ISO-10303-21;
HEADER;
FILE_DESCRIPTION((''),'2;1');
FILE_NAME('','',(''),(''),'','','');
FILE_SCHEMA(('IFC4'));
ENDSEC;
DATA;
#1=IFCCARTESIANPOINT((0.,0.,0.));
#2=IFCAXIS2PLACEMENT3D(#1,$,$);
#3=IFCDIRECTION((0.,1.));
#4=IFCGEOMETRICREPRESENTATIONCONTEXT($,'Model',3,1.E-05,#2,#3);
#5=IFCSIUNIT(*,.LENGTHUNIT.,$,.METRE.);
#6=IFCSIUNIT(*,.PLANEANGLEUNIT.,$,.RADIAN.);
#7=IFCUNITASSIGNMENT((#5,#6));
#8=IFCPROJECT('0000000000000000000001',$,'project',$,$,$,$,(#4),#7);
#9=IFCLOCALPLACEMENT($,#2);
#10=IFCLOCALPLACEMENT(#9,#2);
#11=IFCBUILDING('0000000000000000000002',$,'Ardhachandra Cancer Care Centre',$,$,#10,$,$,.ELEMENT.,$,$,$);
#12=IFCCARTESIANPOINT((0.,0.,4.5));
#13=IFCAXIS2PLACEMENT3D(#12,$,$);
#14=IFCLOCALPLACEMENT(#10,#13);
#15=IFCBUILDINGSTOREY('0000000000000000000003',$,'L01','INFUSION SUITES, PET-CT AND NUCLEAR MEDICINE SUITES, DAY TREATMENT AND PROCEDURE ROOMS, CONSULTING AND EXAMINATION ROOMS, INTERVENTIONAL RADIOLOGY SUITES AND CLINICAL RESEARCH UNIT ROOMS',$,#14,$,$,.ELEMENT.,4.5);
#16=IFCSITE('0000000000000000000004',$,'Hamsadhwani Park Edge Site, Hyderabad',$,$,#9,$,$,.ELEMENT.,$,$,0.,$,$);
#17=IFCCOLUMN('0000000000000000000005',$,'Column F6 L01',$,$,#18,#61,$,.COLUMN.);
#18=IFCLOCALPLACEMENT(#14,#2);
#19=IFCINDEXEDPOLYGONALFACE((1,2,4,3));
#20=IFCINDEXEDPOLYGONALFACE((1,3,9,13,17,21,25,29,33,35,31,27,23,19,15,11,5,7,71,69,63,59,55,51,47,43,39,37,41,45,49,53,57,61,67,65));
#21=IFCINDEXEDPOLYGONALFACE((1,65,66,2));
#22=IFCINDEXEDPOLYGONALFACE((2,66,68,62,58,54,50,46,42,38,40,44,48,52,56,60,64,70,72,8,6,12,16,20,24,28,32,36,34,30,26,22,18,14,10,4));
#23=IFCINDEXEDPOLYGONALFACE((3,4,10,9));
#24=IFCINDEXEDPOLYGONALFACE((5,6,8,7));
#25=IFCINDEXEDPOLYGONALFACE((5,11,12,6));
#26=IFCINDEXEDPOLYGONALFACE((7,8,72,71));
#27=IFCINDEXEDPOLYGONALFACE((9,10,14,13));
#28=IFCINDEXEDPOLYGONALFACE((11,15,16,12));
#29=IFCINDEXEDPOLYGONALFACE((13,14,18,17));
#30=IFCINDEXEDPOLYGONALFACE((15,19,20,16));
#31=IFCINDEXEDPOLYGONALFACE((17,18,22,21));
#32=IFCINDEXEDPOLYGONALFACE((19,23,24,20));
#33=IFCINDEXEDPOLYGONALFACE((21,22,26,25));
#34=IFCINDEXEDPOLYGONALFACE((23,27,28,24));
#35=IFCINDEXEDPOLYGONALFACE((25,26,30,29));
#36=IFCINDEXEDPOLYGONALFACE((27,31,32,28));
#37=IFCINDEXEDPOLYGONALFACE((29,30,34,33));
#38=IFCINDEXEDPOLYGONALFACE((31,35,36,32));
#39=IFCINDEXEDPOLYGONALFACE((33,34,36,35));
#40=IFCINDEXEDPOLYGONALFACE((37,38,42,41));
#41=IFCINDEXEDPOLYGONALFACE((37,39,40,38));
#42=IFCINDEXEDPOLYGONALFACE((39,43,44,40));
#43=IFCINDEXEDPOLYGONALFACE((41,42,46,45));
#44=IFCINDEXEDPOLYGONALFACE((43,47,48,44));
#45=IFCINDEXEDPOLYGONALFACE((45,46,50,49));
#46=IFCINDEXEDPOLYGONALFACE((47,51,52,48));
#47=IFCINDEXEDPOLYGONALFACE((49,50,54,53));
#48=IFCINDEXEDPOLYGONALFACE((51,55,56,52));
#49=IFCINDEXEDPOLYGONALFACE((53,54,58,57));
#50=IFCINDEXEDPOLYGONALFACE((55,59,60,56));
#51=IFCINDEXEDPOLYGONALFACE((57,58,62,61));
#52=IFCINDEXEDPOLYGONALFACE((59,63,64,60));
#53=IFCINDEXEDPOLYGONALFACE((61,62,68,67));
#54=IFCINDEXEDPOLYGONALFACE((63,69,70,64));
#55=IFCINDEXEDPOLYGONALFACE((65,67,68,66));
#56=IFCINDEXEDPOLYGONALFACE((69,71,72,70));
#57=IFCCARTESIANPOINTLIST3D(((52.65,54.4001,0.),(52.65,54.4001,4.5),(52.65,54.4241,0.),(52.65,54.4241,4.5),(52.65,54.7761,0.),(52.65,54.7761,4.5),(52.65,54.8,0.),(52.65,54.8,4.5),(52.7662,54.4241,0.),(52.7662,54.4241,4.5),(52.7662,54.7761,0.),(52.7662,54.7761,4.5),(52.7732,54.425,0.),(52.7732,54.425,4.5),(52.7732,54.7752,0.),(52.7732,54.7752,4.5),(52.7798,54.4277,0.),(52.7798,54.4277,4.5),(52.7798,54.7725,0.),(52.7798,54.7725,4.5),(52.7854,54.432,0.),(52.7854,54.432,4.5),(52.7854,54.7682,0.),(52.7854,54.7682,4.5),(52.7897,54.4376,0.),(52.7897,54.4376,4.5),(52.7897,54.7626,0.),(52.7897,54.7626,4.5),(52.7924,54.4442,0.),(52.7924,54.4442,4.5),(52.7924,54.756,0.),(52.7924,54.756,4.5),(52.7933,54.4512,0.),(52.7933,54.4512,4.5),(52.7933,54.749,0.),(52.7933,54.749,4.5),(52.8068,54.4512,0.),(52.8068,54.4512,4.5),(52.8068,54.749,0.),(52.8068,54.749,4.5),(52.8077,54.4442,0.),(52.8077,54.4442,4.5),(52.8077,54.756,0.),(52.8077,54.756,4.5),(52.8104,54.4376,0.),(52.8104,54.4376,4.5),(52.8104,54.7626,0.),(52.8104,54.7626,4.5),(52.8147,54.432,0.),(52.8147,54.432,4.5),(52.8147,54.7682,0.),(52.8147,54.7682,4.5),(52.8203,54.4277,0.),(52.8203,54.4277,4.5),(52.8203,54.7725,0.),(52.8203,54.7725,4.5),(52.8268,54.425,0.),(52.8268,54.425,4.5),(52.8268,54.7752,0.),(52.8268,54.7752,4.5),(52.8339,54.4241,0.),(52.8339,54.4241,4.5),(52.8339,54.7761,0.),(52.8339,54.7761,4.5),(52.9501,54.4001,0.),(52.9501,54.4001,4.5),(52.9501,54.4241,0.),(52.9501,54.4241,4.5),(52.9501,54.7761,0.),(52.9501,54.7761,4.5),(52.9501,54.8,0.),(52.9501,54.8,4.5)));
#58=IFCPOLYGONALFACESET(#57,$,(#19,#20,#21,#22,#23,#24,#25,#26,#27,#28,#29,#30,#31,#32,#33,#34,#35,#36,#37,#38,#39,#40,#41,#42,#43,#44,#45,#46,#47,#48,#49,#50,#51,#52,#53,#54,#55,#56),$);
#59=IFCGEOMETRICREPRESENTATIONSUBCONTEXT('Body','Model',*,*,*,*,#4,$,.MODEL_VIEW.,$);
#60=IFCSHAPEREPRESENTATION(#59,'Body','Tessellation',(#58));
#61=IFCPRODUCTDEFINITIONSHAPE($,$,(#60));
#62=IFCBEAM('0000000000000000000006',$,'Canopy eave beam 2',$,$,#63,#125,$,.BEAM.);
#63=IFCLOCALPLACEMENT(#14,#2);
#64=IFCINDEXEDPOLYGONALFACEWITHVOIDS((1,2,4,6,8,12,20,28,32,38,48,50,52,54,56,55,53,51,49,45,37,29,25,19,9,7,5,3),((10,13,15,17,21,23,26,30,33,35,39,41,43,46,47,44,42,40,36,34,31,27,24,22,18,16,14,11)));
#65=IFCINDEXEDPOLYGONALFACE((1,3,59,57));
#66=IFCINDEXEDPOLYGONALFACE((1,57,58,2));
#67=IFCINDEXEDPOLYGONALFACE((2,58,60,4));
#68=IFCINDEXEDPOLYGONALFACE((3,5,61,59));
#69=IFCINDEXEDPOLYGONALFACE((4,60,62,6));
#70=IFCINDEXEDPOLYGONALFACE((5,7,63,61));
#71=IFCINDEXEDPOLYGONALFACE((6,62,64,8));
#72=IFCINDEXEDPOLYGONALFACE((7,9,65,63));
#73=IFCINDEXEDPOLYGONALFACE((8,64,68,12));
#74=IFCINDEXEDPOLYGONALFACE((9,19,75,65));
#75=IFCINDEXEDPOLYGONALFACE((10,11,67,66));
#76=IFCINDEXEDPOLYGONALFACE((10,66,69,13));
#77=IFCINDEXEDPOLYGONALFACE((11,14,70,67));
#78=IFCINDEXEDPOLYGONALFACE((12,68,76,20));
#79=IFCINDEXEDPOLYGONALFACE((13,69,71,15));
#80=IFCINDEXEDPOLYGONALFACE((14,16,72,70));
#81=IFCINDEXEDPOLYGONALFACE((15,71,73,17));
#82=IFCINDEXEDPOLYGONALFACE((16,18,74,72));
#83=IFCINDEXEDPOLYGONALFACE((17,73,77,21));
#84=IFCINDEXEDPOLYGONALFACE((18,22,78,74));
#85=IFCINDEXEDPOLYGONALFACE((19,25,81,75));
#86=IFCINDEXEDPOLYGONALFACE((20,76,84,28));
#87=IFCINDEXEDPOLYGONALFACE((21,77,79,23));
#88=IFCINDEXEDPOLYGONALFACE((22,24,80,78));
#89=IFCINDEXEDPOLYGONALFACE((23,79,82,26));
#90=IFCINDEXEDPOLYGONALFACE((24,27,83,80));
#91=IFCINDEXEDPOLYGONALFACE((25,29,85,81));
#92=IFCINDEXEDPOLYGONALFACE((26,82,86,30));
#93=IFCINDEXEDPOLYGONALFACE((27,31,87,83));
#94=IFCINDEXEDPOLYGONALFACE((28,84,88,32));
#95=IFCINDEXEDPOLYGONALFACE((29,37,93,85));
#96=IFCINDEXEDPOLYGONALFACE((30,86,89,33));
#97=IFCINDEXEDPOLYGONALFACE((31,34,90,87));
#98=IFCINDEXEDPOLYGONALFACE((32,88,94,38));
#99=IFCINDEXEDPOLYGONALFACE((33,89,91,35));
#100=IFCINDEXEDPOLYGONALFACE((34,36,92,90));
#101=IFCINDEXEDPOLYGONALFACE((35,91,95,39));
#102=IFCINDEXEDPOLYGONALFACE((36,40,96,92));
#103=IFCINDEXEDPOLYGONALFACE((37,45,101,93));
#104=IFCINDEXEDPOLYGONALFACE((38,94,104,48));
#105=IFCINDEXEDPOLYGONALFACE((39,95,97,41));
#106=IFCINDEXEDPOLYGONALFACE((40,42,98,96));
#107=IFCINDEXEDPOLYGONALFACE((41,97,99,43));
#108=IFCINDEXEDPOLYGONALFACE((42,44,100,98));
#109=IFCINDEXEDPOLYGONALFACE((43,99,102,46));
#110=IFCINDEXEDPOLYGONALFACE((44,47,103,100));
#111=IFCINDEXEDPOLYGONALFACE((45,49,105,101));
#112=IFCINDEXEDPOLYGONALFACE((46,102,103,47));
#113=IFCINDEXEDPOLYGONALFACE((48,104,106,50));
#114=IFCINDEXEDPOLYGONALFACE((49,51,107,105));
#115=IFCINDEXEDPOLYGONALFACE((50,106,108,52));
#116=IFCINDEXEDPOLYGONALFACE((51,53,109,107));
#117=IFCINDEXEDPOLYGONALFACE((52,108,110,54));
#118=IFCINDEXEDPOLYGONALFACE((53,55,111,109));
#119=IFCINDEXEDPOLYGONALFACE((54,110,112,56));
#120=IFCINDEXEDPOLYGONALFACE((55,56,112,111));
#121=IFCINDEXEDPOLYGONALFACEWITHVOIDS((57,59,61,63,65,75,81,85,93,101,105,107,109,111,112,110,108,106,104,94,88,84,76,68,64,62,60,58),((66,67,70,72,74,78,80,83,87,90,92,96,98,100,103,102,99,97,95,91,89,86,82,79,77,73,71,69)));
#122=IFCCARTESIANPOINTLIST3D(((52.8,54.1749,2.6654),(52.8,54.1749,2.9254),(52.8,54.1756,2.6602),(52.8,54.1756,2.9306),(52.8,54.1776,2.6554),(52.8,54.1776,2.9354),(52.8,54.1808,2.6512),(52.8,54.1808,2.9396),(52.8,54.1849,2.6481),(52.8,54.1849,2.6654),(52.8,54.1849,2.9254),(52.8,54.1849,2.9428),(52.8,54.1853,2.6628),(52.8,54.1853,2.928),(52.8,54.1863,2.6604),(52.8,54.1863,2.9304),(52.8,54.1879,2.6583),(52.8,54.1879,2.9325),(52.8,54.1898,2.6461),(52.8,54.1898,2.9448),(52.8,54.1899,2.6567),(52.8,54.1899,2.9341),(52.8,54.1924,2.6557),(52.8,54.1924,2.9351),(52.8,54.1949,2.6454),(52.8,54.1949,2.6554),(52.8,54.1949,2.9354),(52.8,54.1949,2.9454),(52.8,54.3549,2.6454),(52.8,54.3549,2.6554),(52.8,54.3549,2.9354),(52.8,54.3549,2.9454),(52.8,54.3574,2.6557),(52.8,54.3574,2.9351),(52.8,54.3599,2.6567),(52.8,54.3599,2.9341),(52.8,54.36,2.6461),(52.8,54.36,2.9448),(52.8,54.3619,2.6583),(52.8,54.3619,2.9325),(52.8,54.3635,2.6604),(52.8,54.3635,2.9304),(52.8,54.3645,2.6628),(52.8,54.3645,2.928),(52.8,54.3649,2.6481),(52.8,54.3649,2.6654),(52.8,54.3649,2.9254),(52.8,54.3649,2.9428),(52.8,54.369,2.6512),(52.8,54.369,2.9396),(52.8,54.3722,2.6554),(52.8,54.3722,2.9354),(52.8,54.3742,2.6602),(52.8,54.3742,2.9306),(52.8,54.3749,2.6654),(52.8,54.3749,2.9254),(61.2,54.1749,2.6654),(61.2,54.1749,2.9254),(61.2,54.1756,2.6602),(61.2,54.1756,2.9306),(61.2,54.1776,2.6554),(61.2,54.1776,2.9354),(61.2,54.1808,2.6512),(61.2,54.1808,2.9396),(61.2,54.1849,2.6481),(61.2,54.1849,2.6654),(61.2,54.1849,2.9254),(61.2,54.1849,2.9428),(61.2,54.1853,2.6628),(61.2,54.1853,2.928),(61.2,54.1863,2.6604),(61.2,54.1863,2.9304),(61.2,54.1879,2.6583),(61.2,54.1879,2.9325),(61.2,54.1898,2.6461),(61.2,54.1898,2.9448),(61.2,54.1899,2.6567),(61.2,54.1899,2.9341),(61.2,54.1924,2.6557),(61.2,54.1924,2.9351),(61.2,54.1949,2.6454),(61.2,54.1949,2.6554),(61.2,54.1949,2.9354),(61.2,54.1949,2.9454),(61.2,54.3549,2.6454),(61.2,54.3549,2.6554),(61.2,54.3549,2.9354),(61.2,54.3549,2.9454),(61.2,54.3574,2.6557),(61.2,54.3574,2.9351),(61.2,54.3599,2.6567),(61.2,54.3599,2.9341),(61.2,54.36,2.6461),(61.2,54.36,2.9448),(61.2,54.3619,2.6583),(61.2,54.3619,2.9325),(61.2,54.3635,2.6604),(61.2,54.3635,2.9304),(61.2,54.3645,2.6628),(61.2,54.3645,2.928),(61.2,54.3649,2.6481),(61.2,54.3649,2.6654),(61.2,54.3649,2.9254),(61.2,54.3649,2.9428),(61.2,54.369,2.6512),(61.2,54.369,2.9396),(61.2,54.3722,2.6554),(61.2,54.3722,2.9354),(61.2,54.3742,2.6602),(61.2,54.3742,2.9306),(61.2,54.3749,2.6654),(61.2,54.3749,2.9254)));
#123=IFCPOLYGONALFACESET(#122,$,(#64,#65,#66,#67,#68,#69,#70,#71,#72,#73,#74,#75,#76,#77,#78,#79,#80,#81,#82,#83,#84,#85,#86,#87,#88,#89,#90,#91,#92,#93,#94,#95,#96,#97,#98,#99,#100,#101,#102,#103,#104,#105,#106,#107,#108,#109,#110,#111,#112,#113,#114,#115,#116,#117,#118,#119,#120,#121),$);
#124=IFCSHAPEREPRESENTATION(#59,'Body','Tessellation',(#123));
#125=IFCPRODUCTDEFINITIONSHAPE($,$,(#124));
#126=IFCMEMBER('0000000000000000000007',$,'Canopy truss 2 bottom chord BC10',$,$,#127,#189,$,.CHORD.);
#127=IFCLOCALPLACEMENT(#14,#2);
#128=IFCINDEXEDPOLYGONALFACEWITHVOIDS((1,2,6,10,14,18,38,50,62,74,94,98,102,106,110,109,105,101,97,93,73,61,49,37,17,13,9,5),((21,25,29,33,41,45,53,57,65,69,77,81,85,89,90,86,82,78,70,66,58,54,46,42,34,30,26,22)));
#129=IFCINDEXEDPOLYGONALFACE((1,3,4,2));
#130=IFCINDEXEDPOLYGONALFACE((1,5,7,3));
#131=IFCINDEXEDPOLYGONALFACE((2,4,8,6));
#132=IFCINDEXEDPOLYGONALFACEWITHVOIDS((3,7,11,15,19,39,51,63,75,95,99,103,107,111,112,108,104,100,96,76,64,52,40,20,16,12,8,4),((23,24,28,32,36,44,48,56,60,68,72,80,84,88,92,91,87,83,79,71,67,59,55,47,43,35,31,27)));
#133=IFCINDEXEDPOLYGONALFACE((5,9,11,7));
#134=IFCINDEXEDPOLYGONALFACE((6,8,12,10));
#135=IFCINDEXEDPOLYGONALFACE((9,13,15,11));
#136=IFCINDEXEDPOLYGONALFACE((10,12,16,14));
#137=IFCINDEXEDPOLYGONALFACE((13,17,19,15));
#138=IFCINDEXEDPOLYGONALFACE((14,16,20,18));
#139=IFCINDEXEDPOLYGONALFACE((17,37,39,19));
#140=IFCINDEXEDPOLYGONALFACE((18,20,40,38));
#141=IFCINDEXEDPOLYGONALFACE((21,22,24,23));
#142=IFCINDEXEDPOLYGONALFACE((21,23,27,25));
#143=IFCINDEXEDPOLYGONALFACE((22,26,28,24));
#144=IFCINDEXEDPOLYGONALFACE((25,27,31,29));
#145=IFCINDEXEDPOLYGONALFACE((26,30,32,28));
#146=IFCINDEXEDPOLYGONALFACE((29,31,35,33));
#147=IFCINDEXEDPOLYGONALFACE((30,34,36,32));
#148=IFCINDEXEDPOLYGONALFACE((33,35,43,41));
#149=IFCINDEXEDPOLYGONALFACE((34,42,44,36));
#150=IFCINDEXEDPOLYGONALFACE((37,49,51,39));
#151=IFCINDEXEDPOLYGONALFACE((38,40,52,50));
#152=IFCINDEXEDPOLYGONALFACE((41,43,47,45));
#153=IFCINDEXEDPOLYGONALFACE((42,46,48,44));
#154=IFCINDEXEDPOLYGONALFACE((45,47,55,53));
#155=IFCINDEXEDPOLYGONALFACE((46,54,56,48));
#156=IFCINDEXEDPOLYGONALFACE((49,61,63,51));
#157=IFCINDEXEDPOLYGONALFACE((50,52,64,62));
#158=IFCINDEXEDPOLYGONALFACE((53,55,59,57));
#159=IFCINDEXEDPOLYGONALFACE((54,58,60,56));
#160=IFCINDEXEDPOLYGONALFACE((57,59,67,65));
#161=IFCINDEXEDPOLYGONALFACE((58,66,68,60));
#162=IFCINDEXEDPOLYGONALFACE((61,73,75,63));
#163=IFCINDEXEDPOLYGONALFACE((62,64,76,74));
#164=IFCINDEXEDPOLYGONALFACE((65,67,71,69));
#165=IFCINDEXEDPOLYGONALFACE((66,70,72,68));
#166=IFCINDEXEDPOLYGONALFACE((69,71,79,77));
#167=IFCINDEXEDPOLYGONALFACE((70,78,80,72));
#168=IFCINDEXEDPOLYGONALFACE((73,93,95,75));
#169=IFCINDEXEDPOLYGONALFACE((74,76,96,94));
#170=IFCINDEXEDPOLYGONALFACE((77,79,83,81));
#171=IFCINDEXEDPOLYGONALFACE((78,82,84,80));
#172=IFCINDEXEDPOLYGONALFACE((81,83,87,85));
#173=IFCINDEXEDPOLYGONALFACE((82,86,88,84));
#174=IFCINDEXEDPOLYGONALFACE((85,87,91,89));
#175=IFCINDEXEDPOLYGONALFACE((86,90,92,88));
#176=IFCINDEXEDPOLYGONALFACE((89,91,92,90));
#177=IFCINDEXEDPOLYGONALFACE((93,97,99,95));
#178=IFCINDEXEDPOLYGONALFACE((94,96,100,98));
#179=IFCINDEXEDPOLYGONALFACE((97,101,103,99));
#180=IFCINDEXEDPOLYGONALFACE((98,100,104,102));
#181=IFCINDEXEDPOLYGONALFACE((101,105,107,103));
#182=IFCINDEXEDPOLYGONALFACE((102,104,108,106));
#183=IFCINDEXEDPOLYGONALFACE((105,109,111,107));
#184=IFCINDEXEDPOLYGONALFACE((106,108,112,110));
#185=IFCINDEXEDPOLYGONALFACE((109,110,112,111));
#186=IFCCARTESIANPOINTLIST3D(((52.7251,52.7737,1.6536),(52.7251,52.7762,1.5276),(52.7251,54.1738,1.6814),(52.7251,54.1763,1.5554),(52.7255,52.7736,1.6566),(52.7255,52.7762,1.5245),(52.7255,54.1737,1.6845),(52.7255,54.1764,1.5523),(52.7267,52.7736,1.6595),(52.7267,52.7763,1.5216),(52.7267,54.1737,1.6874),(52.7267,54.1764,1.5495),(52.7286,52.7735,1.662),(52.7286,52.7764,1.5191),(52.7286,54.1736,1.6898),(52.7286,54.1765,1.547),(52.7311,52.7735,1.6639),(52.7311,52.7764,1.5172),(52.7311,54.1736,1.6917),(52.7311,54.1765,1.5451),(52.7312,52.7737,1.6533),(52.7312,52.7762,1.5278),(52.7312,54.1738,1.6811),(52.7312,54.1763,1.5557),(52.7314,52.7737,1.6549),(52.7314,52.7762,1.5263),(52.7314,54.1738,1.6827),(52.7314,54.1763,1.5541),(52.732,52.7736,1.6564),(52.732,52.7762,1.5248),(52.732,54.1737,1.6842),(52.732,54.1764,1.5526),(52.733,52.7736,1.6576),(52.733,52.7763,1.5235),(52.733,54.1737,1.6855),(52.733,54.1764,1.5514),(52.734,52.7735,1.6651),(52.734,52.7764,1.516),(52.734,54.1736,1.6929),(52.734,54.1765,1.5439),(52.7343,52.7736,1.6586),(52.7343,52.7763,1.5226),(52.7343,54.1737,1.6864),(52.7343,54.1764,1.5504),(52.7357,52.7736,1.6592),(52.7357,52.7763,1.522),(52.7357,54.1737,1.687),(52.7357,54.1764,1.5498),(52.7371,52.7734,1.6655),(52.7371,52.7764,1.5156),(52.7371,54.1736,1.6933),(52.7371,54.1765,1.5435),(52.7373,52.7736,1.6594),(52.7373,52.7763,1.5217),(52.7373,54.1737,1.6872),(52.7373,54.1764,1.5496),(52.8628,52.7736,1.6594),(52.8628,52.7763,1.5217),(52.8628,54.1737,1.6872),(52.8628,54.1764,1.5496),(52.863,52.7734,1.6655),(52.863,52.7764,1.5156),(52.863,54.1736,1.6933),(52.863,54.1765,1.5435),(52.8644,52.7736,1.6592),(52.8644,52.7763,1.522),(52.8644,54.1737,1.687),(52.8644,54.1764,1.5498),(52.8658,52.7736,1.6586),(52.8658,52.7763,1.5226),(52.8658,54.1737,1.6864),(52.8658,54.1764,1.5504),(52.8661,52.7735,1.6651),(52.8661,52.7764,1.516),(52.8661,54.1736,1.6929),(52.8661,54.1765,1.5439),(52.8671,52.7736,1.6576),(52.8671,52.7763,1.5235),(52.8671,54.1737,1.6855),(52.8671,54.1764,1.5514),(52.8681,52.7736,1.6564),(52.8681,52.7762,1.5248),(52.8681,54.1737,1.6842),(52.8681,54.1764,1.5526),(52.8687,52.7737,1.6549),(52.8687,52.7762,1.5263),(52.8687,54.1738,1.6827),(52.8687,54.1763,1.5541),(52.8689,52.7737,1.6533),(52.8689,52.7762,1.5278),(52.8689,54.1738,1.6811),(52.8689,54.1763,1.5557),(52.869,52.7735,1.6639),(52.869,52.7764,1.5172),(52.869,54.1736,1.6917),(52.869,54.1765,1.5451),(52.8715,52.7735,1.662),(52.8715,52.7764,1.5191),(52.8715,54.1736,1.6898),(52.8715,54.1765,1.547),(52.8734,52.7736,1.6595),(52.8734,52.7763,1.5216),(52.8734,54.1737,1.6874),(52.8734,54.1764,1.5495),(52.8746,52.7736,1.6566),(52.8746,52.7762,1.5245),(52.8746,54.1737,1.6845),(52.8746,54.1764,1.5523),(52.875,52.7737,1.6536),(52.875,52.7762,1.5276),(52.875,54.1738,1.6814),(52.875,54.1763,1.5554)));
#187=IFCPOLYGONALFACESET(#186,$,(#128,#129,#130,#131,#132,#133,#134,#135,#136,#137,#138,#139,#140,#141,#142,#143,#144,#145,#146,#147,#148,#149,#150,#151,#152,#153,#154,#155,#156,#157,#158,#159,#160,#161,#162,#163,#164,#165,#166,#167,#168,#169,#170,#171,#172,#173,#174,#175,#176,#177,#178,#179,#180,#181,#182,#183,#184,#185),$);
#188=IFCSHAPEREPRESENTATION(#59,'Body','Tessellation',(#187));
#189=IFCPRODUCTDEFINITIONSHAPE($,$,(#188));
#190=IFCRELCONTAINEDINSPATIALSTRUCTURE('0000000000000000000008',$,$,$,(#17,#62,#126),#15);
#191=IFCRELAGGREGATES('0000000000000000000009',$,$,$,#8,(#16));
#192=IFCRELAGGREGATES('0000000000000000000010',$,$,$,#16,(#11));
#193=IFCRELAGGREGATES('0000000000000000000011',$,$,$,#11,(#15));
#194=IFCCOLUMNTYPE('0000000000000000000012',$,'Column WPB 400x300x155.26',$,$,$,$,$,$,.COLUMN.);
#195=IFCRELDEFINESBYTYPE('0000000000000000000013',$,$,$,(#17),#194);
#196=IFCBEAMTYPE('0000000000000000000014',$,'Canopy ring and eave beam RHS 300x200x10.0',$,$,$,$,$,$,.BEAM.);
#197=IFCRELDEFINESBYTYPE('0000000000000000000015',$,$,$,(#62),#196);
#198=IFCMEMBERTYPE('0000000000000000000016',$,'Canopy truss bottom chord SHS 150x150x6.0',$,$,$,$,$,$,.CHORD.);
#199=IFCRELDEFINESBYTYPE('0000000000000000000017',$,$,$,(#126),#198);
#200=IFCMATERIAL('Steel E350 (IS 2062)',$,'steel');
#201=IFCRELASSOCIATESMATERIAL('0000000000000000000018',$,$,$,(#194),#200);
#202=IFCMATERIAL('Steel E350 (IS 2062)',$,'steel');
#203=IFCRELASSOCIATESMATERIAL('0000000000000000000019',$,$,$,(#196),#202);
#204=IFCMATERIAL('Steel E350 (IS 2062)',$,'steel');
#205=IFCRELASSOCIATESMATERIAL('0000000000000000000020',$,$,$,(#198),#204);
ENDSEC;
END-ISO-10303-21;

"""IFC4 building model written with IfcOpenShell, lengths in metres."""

from ifc_helpers import new_model, si_unit, direction, frame, origin, origin_2d, place, context, subcontext, project, spatial, hollow_rectangle, i_section, extrude, material, material_profile, profile_set, type_object, element, save


model = new_model("IFC4")

# Units and contexts
model_context = context("Model", 3, precision=1e-05, world=origin(), true_north=direction((0.0, 1.0)))
body_context = subcontext(model_context, "Body", "Model", "MODEL_VIEW")
ifc_project = project(units=[si_unit("LENGTHUNIT", "METRE"), si_unit("PLANEANGLEUNIT", "RADIAN")], contexts=[model_context])

# Site, building, storey
site_placement = place(None, origin())
site = spatial("IfcSite", under=ifc_project, at=site_placement, Name="Hamsadhwani Park Edge Site, Hyderabad", CompositionType="ELEMENT", RefElevation=0.0)
building_placement = place(site_placement, origin())
building = spatial("IfcBuilding", under=site, at=building_placement, Name="Ardhachandra Cancer Care Centre", CompositionType="ELEMENT")
storey_placement = place(building_placement, frame((0.0, 0.0, 4.5)))
storey = spatial("IfcBuildingStorey", under=building, at=storey_placement, Name="L01", Description="INFUSION SUITES, PET-CT AND NUCLEAR MEDICINE SUITES, DAY TREATMENT AND PROCEDURE ROOMS, CONSULTING AND EXAMINATION ROOMS, INTERVENTIONAL RADIOLOGY SUITES AND CLINICAL RESEARCH UNIT ROOMS", CompositionType="ELEMENT", Elevation=4.5)

# Column
ifc_material_1 = material(Name="Steel E350 (IS 2062)", Category="steel")
ifc_material_profile_1 = material_profile(ifc_material_1, i_section(OverallWidth=0.3, OverallDepth=0.3999, WebThickness=0.0134, FlangeThickness=0.0239, FilletRadius=0.0271, at=origin_2d()), Name="WPB 400x300x155.26")
ifc_profile_set_1 = profile_set([ifc_material_profile_1], Name="Steel E350 (IS 2062)")
column_type = type_object("IfcColumnType", Name="Column WPB 400x300x155.26", PredefinedType="COLUMN", material=ifc_profile_set_1)
column_placement = place(storey_placement, frame((52.8, 54.6001, 0.0), z_axis=(0.0, 0.0, 1.0), x_axis=(1.0, 0.0, 0.0)))
element("IfcColumn", 1, at=column_placement, inside=storey, type_object=column_type, Name="Column F6 L01", PredefinedType="COLUMN", context=body_context, shape_type="SweptSolid", body=[
    extrude(i_section(OverallWidth=0.3, OverallDepth=0.3999, WebThickness=0.0134, FlangeThickness=0.0239, FilletRadius=0.0271, at=origin_2d()), origin(), (0.0, 0.0, 1.0), 4.5),
])

# Beam
ifc_material_2 = material(Name="Steel E350 (IS 2062)", Category="steel")
ifc_material_profile_2 = material_profile(ifc_material_2, hollow_rectangle(XDim=0.2, YDim=0.3, WallThickness=0.01, InnerFilletRadius=0.01, OuterFilletRadius=0.02, at=origin_2d()), Name="RHS 300x200x10.0")
ifc_profile_set_2 = profile_set([ifc_material_profile_2], Name="Steel E350 (IS 2062)")
beam_type = type_object("IfcBeamType", Name="Canopy ring and eave beam RHS 300x200x10.0", PredefinedType="BEAM", material=ifc_profile_set_2)
beam_placement = place(storey_placement, frame((52.8, 54.2749, 2.7954), z_axis=(1.0, 0.0, 0.0), x_axis=(0.0, 1.0, 0.0)))
element("IfcBeam", 2, at=beam_placement, inside=storey, type_object=beam_type, Name="Canopy eave beam 2", PredefinedType="BEAM", context=body_context, shape_type="SweptSolid", body=[
    extrude(hollow_rectangle(XDim=0.2, YDim=0.3, WallThickness=0.01, InnerFilletRadius=0.01, OuterFilletRadius=0.02, at=origin_2d()), origin(), (0.0, 0.0, 1.0), 8.3999),
])

# Member
ifc_material_3 = material(Name="Steel E350 (IS 2062)", Category="steel")
ifc_material_profile_3 = material_profile(ifc_material_3, hollow_rectangle(XDim=0.1499, YDim=0.1499, WallThickness=0.0061, InnerFilletRadius=0.0061, OuterFilletRadius=0.012, at=origin_2d()), Name="SHS 150x150x6.0")
ifc_profile_set_3 = profile_set([ifc_material_profile_3], Name="Steel E350 (IS 2062)")
member_type_1 = type_object("IfcMemberType", Name="Canopy truss bottom chord SHS 150x150x6.0", PredefinedType="CHORD", material=ifc_profile_set_3)
member_1_placement = place(storey_placement, frame((52.8, 54.175, 1.6184), z_axis=(0.0, -0.999802, -0.019874), x_axis=(1.0, 0.0, 0.0)))
element("IfcMember", 3, at=member_1_placement, inside=storey, type_object=member_type_1, Name="Canopy truss 2 bottom chord BC10", PredefinedType="CHORD", context=body_context, shape_type="SweptSolid", body=[
    extrude(hollow_rectangle(XDim=0.1499, YDim=0.1499, WallThickness=0.0061, InnerFilletRadius=0.0061, OuterFilletRadius=0.012, at=origin_2d()), origin(), (0.0, 0.0, 1.0), 1.4004),
])

save(model, "model.ifc")
